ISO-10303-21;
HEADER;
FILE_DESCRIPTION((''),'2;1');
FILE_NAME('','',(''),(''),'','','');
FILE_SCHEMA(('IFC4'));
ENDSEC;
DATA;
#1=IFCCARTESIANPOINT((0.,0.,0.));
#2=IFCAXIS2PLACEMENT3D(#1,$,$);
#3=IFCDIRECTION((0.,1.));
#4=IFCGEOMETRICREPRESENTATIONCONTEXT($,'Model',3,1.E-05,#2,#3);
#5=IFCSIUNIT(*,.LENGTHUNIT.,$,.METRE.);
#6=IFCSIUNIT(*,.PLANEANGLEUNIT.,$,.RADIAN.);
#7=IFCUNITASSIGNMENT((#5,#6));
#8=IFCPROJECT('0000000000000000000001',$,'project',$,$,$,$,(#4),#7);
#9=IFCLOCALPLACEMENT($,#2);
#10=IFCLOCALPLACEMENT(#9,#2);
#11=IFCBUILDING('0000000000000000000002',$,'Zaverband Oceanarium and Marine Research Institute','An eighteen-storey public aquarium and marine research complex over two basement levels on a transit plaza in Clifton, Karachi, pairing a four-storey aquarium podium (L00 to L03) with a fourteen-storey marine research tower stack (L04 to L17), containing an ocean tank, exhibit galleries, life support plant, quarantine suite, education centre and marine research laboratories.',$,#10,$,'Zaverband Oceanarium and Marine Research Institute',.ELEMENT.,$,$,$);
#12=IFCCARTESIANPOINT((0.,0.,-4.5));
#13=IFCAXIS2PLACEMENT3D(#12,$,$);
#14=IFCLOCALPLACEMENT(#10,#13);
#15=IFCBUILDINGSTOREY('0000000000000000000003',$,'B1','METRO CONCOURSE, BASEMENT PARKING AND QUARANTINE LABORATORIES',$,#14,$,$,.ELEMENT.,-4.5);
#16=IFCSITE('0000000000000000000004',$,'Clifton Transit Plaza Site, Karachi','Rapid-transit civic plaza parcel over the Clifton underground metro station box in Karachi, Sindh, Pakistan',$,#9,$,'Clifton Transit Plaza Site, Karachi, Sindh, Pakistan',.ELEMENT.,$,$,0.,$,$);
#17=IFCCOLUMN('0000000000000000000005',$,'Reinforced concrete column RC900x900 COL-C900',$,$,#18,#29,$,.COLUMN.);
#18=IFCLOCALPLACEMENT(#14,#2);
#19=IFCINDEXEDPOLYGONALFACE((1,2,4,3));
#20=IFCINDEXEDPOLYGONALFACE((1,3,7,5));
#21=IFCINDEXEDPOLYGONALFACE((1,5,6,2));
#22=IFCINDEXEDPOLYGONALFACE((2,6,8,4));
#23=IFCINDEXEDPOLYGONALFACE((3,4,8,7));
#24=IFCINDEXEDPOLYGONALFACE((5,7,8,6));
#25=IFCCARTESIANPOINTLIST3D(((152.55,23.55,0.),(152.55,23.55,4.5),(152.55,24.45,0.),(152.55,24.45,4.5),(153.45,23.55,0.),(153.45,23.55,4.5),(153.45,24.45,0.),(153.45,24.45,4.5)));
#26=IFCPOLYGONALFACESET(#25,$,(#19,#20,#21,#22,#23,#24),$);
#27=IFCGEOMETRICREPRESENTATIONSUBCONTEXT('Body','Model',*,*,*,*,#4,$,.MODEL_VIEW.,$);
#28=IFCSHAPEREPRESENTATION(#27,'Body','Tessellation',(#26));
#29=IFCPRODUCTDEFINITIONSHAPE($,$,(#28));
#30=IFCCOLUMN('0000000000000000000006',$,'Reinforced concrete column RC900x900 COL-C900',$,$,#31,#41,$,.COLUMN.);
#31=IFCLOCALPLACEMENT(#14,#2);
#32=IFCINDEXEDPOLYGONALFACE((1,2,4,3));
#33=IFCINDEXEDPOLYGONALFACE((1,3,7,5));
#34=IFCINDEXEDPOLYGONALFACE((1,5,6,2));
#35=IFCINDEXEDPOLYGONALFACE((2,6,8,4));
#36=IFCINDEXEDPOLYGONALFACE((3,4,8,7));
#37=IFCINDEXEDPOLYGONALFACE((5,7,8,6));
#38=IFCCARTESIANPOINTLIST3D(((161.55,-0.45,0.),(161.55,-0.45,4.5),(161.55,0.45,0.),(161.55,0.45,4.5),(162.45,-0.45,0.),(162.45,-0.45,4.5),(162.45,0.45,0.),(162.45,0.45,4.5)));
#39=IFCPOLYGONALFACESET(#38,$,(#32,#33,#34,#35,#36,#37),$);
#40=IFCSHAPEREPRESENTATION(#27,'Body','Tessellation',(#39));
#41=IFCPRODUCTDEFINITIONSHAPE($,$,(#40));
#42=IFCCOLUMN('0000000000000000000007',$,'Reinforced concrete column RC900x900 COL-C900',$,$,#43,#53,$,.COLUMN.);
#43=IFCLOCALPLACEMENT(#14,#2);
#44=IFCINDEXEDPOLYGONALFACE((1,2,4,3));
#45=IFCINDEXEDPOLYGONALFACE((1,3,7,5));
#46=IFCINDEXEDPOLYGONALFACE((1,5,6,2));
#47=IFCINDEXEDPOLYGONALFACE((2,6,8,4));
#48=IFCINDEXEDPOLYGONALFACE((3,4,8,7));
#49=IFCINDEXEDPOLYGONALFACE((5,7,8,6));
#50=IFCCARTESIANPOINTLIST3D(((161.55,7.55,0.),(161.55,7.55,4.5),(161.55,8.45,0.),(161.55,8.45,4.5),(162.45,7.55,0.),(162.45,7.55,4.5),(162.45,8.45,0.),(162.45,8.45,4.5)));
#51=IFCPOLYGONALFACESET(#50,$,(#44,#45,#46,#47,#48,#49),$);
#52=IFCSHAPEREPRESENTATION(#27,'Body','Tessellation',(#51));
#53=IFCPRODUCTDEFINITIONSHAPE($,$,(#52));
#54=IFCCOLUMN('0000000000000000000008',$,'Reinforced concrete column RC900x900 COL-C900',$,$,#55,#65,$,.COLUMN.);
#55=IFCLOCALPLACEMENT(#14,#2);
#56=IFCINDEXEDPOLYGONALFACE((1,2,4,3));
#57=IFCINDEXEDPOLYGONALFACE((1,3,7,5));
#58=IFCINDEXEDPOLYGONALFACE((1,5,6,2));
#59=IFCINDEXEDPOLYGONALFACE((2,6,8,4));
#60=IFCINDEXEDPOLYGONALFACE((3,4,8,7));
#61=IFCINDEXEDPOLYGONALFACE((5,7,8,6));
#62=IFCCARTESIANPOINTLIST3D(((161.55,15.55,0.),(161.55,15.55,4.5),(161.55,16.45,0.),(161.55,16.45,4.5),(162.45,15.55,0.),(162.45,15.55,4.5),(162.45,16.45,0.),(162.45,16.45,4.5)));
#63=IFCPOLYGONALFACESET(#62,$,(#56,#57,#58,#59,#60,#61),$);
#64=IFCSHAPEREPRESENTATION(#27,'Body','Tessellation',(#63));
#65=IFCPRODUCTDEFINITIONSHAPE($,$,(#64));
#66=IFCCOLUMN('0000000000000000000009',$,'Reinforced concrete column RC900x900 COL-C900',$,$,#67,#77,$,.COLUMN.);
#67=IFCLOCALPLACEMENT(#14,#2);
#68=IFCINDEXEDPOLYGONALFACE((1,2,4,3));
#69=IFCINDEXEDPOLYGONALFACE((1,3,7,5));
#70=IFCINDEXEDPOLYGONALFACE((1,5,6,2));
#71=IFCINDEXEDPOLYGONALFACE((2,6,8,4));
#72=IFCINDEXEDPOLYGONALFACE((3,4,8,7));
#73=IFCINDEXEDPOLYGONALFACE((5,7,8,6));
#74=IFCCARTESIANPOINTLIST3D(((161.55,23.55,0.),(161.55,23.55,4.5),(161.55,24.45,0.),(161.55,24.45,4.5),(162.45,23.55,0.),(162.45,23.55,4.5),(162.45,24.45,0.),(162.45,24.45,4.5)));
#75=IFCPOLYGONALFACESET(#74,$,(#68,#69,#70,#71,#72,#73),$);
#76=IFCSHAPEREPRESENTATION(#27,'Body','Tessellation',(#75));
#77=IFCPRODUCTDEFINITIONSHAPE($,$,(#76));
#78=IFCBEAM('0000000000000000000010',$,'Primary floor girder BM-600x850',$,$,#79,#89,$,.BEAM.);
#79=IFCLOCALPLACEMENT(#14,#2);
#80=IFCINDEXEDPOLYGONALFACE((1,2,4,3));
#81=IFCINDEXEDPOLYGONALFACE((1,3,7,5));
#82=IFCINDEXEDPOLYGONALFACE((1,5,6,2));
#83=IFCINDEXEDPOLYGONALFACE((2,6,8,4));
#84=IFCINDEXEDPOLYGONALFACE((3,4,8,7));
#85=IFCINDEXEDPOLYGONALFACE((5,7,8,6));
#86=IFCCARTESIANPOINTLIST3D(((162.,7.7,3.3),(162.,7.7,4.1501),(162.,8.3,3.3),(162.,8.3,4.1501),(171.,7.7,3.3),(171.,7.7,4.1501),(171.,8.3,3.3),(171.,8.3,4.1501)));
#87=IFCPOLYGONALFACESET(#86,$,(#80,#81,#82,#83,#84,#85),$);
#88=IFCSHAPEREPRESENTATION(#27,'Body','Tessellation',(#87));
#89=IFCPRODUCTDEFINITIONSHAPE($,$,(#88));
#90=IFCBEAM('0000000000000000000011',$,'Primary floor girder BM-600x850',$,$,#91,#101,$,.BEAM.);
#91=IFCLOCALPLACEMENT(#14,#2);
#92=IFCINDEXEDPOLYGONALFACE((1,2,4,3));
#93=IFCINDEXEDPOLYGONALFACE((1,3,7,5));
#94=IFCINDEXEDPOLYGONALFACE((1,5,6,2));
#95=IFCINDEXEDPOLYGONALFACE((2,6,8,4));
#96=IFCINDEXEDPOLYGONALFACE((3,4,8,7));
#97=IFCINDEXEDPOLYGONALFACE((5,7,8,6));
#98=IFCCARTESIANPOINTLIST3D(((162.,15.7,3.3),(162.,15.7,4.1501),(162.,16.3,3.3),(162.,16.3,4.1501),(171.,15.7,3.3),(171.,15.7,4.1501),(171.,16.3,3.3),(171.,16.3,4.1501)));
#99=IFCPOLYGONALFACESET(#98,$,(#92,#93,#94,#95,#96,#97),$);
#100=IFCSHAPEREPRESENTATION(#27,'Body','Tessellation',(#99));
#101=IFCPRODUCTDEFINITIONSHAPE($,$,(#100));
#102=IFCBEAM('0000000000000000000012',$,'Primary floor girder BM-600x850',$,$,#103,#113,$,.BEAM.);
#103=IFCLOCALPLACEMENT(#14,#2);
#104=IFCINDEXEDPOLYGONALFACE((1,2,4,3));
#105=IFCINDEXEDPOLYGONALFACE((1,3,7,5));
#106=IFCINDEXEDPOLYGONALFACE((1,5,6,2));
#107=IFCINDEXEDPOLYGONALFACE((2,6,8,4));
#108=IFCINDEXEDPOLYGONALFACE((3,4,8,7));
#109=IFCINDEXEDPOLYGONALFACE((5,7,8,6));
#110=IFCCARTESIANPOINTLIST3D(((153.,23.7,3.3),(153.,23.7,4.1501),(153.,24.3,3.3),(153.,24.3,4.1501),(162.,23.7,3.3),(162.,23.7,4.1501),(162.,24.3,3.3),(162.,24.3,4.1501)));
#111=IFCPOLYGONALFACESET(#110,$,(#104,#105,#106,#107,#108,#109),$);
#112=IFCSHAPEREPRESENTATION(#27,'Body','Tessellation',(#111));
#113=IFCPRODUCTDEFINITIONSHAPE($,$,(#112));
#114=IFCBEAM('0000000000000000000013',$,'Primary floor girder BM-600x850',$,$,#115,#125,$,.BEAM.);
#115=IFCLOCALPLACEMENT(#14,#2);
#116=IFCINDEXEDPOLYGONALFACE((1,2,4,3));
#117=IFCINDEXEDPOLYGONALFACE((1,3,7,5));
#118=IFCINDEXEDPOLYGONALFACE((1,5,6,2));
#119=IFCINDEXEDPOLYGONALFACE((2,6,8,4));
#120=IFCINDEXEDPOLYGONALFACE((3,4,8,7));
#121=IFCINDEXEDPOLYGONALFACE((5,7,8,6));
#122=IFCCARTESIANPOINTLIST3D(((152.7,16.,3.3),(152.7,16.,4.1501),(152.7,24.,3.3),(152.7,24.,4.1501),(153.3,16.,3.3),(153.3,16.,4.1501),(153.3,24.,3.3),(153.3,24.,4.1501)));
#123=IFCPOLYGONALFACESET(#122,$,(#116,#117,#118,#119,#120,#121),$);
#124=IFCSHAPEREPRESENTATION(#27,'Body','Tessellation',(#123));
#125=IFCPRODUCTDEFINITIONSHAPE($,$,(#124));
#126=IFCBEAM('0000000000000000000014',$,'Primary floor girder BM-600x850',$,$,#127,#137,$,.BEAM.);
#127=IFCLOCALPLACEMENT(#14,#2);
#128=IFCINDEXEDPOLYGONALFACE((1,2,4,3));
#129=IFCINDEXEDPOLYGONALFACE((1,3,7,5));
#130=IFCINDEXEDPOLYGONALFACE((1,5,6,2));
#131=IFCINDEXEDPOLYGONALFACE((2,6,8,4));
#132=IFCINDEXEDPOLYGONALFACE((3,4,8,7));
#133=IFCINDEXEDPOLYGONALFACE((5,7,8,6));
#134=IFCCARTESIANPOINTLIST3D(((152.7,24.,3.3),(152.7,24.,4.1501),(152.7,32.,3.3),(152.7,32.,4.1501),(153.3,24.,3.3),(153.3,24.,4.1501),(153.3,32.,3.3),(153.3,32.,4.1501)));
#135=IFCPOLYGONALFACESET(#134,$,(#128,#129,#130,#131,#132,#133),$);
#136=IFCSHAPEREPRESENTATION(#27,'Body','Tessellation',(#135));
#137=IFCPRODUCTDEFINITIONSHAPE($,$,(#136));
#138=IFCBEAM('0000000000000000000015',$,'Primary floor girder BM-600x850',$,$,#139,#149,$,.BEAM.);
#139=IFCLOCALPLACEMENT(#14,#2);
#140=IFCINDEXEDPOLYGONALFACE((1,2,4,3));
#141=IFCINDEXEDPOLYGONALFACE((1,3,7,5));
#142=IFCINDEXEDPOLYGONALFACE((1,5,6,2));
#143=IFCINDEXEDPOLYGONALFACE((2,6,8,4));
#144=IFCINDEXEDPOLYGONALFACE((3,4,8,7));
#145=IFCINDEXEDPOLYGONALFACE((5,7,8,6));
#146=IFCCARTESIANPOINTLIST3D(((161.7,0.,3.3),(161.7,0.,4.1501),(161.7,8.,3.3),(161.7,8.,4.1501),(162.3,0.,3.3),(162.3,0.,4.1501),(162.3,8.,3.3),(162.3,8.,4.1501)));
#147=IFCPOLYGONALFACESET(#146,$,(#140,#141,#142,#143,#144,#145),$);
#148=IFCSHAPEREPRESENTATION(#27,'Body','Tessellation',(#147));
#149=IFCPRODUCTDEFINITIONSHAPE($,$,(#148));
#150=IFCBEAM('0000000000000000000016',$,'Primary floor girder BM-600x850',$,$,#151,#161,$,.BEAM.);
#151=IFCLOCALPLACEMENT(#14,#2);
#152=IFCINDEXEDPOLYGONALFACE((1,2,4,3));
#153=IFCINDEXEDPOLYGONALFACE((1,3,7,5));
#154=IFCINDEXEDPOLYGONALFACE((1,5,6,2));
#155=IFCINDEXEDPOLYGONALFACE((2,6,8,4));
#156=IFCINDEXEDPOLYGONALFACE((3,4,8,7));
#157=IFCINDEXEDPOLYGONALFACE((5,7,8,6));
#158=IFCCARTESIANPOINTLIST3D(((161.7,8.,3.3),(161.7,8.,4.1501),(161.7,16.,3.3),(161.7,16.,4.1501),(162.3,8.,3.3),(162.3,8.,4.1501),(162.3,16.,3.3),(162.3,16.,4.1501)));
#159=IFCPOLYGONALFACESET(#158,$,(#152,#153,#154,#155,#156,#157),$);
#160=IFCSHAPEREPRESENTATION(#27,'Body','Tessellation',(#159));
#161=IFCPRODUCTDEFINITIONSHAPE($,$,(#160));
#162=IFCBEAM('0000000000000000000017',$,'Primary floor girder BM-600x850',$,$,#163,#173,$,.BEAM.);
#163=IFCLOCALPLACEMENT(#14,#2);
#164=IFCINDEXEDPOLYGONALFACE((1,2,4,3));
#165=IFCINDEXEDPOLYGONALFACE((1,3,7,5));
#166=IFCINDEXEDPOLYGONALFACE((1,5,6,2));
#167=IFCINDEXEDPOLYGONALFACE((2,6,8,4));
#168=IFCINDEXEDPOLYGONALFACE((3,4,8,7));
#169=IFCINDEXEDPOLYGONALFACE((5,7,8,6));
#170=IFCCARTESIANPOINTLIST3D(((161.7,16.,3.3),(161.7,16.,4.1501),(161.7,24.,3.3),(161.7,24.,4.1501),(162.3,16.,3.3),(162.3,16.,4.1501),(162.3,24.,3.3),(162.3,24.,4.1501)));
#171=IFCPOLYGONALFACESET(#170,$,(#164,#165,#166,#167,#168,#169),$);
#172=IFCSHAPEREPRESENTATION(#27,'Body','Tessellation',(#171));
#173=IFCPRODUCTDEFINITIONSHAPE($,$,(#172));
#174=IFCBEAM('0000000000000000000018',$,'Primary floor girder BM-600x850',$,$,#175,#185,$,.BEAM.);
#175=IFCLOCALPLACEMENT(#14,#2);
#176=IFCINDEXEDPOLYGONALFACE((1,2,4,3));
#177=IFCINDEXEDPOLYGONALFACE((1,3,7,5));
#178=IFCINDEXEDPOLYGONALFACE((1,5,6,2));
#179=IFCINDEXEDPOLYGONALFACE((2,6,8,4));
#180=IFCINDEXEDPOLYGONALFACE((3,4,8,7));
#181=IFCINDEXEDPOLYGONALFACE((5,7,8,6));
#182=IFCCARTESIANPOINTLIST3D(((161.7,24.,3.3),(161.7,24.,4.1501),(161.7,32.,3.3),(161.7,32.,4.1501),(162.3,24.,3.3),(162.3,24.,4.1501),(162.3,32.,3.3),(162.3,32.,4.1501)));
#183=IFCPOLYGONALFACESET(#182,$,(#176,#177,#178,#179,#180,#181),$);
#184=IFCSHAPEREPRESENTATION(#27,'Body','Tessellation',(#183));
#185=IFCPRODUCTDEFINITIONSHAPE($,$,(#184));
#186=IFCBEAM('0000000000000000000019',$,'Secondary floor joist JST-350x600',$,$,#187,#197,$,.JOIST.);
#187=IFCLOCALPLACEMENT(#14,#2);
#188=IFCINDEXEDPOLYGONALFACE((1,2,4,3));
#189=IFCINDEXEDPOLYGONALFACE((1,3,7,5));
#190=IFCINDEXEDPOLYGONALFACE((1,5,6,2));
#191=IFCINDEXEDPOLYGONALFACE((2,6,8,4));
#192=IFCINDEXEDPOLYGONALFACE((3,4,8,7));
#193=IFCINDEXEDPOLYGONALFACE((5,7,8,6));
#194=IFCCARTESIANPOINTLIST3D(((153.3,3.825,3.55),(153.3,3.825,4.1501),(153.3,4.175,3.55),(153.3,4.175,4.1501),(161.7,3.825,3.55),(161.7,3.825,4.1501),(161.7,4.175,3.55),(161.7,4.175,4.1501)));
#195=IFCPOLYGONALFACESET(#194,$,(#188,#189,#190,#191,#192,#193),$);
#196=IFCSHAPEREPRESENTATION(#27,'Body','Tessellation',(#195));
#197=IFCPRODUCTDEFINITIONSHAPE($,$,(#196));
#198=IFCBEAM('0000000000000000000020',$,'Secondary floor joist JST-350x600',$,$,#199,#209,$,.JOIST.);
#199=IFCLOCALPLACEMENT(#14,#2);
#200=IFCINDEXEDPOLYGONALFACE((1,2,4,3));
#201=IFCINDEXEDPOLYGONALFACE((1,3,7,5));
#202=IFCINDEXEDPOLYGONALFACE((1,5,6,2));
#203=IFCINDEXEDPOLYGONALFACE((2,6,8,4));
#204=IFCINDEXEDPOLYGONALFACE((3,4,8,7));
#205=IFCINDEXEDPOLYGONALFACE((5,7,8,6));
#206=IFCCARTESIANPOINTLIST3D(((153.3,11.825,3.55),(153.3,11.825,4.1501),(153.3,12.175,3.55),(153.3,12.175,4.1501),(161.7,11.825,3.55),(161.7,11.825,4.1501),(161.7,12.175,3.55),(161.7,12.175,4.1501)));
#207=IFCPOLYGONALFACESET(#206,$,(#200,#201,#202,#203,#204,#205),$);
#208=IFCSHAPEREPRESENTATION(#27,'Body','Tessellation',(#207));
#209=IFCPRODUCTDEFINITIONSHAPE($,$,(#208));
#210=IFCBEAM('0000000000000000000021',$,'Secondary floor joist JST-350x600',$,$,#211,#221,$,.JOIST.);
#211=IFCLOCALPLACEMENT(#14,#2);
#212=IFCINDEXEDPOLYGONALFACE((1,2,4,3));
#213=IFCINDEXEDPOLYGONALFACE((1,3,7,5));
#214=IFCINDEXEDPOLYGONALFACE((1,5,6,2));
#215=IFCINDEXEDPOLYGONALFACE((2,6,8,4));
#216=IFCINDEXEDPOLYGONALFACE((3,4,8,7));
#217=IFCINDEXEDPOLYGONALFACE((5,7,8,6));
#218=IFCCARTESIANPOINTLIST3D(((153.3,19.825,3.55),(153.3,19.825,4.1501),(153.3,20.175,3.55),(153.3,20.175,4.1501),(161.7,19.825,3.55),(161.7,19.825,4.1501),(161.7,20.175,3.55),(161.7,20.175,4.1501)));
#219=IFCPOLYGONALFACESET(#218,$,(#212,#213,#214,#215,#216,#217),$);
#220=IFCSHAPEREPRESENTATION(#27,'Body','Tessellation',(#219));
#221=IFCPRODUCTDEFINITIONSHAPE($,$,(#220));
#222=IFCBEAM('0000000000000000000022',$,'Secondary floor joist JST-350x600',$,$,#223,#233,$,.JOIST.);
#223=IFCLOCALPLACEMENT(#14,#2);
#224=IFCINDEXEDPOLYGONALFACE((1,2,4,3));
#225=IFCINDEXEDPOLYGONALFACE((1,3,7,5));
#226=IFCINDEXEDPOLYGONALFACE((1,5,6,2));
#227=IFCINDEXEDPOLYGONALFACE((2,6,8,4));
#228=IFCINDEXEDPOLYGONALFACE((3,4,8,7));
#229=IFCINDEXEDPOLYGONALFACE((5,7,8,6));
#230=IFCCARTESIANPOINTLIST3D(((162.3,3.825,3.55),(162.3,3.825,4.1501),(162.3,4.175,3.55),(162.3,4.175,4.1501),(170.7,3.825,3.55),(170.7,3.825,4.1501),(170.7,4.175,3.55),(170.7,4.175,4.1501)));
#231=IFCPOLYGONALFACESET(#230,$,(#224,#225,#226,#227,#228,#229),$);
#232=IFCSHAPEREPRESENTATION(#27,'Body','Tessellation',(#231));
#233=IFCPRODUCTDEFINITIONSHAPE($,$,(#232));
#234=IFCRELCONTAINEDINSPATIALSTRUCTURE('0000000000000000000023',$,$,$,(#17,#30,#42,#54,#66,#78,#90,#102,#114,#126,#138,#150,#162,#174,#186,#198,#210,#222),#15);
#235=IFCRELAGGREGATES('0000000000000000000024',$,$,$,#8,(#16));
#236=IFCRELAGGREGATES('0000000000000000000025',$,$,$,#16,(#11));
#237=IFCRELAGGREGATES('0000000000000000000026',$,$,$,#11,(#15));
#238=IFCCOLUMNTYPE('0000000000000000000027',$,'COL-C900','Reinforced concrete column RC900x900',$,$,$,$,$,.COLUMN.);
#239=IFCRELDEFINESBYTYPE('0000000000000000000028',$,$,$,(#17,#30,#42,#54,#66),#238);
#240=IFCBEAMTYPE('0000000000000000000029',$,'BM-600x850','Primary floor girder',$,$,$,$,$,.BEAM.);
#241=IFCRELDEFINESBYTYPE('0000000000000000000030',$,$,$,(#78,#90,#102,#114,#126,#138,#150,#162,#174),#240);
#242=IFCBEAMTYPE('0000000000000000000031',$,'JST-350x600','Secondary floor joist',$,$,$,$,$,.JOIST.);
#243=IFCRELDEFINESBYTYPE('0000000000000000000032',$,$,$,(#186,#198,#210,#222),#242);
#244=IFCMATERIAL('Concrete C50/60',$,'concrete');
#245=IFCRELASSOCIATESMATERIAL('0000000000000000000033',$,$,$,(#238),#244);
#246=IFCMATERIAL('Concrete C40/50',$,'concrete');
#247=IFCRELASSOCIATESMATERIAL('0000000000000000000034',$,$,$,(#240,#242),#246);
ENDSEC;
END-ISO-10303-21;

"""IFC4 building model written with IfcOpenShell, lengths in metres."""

from ifc_helpers import new_model, si_unit, direction, frame, origin, origin_2d, place, context, subcontext, project, spatial, rectangle, extrude, material, material_profile, profile_set, type_object, element, save


model = new_model("IFC4")

# Units and contexts
model_context = context("Model", 3, precision=1e-05, world=origin(), true_north=direction((0.0, 1.0)))
body_context = subcontext(model_context, "Body", "Model", "MODEL_VIEW")
ifc_project = project(units=[si_unit("LENGTHUNIT", "METRE"), si_unit("PLANEANGLEUNIT", "RADIAN")], contexts=[model_context])

# Site, building, storey
site_placement = place(None, origin())
site = spatial("IfcSite", under=ifc_project, at=site_placement, Name="Clifton Transit Plaza Site, Karachi", Description="Rapid-transit civic plaza parcel over the Clifton underground metro station box in Karachi, Sindh, Pakistan", LongName="Clifton Transit Plaza Site, Karachi, Sindh, Pakistan", CompositionType="ELEMENT", RefElevation=0.0)
building_placement = place(site_placement, origin())
building = spatial("IfcBuilding", under=site, at=building_placement, Name="Zaverband Oceanarium and Marine Research Institute", Description="An eighteen-storey public aquarium and marine research complex over two basement levels on a transit plaza in Clifton, Karachi, pairing a four-storey aquarium podium (L00 to L03) with a fourteen-storey marine research tower stack (L04 to L17), containing an ocean tank, exhibit galleries, life support plant, quarantine suite, education centre and marine research laboratories.", LongName="Zaverband Oceanarium and Marine Research Institute", CompositionType="ELEMENT")
storey_placement = place(building_placement, frame((0.0, 0.0, -4.5)))
storey = spatial("IfcBuildingStorey", under=building, at=storey_placement, Name="B1", Description="METRO CONCOURSE, BASEMENT PARKING AND QUARANTINE LABORATORIES", CompositionType="ELEMENT", Elevation=-4.5)

# Columns
ifc_material_1 = material(Name="Concrete C50/60", Category="concrete")
ifc_material_profile_1 = material_profile(ifc_material_1, rectangle(XDim=0.8999, YDim=0.8999, at=origin_2d()), Name="RC900x900")
ifc_profile_set_1 = profile_set([ifc_material_profile_1], Name="Concrete C50/60")
column_type = type_object("IfcColumnType", Name="COL-C900", Description="Reinforced concrete column RC900x900", PredefinedType="COLUMN", material=ifc_profile_set_1)
for number, where, z_axis, x_axis, name in (
    (1, (153.0, 24.0, 0.0), (0.0, 0.0, 1.0), (1.0, 0.0, 0.0), "Reinforced concrete column RC900x900 COL-C900"),
    (2, (162.0, 0.0, 0.0), (0.0, 0.0, 1.0), (1.0, 0.0, 0.0), "Reinforced concrete column RC900x900 COL-C900"),
    (3, (162.0, 8.0, 0.0), (0.0, 0.0, 1.0), (1.0, 0.0, 0.0), "Reinforced concrete column RC900x900 COL-C900"),
    (4, (162.0, 16.0, 0.0), (0.0, 0.0, 1.0), (1.0, 0.0, 0.0), "Reinforced concrete column RC900x900 COL-C900"),
    (5, (162.0, 24.0, 0.0), (0.0, 0.0, 1.0), (1.0, 0.0, 0.0), "Reinforced concrete column RC900x900 COL-C900"),
):
    element("IfcColumn", number, at=place(storey_placement, frame(where, z_axis=z_axis, x_axis=x_axis)), inside=storey, type_object=column_type, Name=name, PredefinedType="COLUMN", context=body_context, shape_type="SweptSolid", body=[
        extrude(rectangle(XDim=0.8999, YDim=0.8999, at=origin_2d()), origin(), (0.0, 0.0, 1.0), 4.5),
    ])

# Beams
ifc_material_2 = material(Name="Concrete C40/50", Category="concrete")
ifc_material_profile_2 = material_profile(ifc_material_2, rectangle(XDim=0.6001, YDim=0.8501, at=origin_2d()), Name="RC600x850")
ifc_profile_set_2 = profile_set([ifc_material_profile_2], Name="Concrete C40/50")
beam_type_1 = type_object("IfcBeamType", Name="BM-600x850", Description="Primary floor girder", PredefinedType="BEAM", material=ifc_profile_set_2)
for number, where, z_axis, x_axis, name in (
    (6, (162.0, 8.0, 3.7251), (1.0, 0.0, 0.0), (0.0, 1.0, 0.0), "Primary floor girder BM-600x850"),
    (7, (162.0, 16.0, 3.7251), (1.0, 0.0, 0.0), (0.0, 1.0, 0.0), "Primary floor girder BM-600x850"),
    (8, (153.0, 24.0, 3.7251), (1.0, 0.0, 0.0), (0.0, 1.0, 0.0), "Primary floor girder BM-600x850"),
):
    element("IfcBeam", number, at=place(storey_placement, frame(where, z_axis=z_axis, x_axis=x_axis)), inside=storey, type_object=beam_type_1, Name=name, PredefinedType="BEAM", context=body_context, shape_type="SweptSolid", body=[
        extrude(rectangle(XDim=0.6001, YDim=0.8501, at=origin_2d()), origin(), (0.0, 0.0, 1.0), 9.0),
    ])
for number, where, z_axis, x_axis, name in (
    (9, (153.0, 16.0, 3.7251), (0.0, 1.0, 0.0), (-1.0, 0.0, 0.0), "Primary floor girder BM-600x850"),
    (10, (153.0, 24.0, 3.7251), (0.0, 1.0, 0.0), (-1.0, 0.0, 0.0), "Primary floor girder BM-600x850"),
    (11, (162.0, 0.0, 3.7251), (0.0, 1.0, 0.0), (-1.0, 0.0, 0.0), "Primary floor girder BM-600x850"),
    (12, (162.0, 8.0, 3.7251), (0.0, 1.0, 0.0), (-1.0, 0.0, 0.0), "Primary floor girder BM-600x850"),
    (13, (162.0, 16.0, 3.7251), (0.0, 1.0, 0.0), (-1.0, 0.0, 0.0), "Primary floor girder BM-600x850"),
    (14, (162.0, 24.0, 3.7251), (0.0, 1.0, 0.0), (-1.0, 0.0, 0.0), "Primary floor girder BM-600x850"),
):
    element("IfcBeam", number, at=place(storey_placement, frame(where, z_axis=z_axis, x_axis=x_axis)), inside=storey, type_object=beam_type_1, Name=name, PredefinedType="BEAM", context=body_context, shape_type="SweptSolid", body=[
        extrude(rectangle(XDim=0.6001, YDim=0.8501, at=origin_2d()), origin(), (0.0, 0.0, 1.0), 8.0),
    ])
ifc_material_profile_3 = material_profile(ifc_material_2, rectangle(XDim=0.3501, YDim=0.6001, at=origin_2d()), Name="RC350x600")
ifc_profile_set_3 = profile_set([ifc_material_profile_3], Name="Concrete C40/50")
beam_type_2 = type_object("IfcBeamType", Name="JST-350x600", Description="Secondary floor joist", PredefinedType="JOIST", material=ifc_profile_set_3)
for number, where, z_axis, x_axis, name in (
    (15, (153.3, 4.0, 3.8501), (1.0, 0.0, 0.0), (0.0, 1.0, 0.0), "Secondary floor joist JST-350x600"),
    (16, (153.3, 12.0, 3.8501), (1.0, 0.0, 0.0), (0.0, 1.0, 0.0), "Secondary floor joist JST-350x600"),
    (17, (153.3, 20.0, 3.8501), (1.0, 0.0, 0.0), (0.0, 1.0, 0.0), "Secondary floor joist JST-350x600"),
    (18, (162.3, 4.0, 3.8501), (1.0, 0.0, 0.0), (0.0, 1.0, 0.0), "Secondary floor joist JST-350x600"),
):
    element("IfcBeam", number, at=place(storey_placement, frame(where, z_axis=z_axis, x_axis=x_axis)), inside=storey, type_object=beam_type_2, Name=name, PredefinedType="JOIST", context=body_context, shape_type="SweptSolid", body=[
        extrude(rectangle(XDim=0.3501, YDim=0.6001, at=origin_2d()), origin(), (0.0, 0.0, 1.0), 8.3999),
    ])

save(model, "model.ifc")
